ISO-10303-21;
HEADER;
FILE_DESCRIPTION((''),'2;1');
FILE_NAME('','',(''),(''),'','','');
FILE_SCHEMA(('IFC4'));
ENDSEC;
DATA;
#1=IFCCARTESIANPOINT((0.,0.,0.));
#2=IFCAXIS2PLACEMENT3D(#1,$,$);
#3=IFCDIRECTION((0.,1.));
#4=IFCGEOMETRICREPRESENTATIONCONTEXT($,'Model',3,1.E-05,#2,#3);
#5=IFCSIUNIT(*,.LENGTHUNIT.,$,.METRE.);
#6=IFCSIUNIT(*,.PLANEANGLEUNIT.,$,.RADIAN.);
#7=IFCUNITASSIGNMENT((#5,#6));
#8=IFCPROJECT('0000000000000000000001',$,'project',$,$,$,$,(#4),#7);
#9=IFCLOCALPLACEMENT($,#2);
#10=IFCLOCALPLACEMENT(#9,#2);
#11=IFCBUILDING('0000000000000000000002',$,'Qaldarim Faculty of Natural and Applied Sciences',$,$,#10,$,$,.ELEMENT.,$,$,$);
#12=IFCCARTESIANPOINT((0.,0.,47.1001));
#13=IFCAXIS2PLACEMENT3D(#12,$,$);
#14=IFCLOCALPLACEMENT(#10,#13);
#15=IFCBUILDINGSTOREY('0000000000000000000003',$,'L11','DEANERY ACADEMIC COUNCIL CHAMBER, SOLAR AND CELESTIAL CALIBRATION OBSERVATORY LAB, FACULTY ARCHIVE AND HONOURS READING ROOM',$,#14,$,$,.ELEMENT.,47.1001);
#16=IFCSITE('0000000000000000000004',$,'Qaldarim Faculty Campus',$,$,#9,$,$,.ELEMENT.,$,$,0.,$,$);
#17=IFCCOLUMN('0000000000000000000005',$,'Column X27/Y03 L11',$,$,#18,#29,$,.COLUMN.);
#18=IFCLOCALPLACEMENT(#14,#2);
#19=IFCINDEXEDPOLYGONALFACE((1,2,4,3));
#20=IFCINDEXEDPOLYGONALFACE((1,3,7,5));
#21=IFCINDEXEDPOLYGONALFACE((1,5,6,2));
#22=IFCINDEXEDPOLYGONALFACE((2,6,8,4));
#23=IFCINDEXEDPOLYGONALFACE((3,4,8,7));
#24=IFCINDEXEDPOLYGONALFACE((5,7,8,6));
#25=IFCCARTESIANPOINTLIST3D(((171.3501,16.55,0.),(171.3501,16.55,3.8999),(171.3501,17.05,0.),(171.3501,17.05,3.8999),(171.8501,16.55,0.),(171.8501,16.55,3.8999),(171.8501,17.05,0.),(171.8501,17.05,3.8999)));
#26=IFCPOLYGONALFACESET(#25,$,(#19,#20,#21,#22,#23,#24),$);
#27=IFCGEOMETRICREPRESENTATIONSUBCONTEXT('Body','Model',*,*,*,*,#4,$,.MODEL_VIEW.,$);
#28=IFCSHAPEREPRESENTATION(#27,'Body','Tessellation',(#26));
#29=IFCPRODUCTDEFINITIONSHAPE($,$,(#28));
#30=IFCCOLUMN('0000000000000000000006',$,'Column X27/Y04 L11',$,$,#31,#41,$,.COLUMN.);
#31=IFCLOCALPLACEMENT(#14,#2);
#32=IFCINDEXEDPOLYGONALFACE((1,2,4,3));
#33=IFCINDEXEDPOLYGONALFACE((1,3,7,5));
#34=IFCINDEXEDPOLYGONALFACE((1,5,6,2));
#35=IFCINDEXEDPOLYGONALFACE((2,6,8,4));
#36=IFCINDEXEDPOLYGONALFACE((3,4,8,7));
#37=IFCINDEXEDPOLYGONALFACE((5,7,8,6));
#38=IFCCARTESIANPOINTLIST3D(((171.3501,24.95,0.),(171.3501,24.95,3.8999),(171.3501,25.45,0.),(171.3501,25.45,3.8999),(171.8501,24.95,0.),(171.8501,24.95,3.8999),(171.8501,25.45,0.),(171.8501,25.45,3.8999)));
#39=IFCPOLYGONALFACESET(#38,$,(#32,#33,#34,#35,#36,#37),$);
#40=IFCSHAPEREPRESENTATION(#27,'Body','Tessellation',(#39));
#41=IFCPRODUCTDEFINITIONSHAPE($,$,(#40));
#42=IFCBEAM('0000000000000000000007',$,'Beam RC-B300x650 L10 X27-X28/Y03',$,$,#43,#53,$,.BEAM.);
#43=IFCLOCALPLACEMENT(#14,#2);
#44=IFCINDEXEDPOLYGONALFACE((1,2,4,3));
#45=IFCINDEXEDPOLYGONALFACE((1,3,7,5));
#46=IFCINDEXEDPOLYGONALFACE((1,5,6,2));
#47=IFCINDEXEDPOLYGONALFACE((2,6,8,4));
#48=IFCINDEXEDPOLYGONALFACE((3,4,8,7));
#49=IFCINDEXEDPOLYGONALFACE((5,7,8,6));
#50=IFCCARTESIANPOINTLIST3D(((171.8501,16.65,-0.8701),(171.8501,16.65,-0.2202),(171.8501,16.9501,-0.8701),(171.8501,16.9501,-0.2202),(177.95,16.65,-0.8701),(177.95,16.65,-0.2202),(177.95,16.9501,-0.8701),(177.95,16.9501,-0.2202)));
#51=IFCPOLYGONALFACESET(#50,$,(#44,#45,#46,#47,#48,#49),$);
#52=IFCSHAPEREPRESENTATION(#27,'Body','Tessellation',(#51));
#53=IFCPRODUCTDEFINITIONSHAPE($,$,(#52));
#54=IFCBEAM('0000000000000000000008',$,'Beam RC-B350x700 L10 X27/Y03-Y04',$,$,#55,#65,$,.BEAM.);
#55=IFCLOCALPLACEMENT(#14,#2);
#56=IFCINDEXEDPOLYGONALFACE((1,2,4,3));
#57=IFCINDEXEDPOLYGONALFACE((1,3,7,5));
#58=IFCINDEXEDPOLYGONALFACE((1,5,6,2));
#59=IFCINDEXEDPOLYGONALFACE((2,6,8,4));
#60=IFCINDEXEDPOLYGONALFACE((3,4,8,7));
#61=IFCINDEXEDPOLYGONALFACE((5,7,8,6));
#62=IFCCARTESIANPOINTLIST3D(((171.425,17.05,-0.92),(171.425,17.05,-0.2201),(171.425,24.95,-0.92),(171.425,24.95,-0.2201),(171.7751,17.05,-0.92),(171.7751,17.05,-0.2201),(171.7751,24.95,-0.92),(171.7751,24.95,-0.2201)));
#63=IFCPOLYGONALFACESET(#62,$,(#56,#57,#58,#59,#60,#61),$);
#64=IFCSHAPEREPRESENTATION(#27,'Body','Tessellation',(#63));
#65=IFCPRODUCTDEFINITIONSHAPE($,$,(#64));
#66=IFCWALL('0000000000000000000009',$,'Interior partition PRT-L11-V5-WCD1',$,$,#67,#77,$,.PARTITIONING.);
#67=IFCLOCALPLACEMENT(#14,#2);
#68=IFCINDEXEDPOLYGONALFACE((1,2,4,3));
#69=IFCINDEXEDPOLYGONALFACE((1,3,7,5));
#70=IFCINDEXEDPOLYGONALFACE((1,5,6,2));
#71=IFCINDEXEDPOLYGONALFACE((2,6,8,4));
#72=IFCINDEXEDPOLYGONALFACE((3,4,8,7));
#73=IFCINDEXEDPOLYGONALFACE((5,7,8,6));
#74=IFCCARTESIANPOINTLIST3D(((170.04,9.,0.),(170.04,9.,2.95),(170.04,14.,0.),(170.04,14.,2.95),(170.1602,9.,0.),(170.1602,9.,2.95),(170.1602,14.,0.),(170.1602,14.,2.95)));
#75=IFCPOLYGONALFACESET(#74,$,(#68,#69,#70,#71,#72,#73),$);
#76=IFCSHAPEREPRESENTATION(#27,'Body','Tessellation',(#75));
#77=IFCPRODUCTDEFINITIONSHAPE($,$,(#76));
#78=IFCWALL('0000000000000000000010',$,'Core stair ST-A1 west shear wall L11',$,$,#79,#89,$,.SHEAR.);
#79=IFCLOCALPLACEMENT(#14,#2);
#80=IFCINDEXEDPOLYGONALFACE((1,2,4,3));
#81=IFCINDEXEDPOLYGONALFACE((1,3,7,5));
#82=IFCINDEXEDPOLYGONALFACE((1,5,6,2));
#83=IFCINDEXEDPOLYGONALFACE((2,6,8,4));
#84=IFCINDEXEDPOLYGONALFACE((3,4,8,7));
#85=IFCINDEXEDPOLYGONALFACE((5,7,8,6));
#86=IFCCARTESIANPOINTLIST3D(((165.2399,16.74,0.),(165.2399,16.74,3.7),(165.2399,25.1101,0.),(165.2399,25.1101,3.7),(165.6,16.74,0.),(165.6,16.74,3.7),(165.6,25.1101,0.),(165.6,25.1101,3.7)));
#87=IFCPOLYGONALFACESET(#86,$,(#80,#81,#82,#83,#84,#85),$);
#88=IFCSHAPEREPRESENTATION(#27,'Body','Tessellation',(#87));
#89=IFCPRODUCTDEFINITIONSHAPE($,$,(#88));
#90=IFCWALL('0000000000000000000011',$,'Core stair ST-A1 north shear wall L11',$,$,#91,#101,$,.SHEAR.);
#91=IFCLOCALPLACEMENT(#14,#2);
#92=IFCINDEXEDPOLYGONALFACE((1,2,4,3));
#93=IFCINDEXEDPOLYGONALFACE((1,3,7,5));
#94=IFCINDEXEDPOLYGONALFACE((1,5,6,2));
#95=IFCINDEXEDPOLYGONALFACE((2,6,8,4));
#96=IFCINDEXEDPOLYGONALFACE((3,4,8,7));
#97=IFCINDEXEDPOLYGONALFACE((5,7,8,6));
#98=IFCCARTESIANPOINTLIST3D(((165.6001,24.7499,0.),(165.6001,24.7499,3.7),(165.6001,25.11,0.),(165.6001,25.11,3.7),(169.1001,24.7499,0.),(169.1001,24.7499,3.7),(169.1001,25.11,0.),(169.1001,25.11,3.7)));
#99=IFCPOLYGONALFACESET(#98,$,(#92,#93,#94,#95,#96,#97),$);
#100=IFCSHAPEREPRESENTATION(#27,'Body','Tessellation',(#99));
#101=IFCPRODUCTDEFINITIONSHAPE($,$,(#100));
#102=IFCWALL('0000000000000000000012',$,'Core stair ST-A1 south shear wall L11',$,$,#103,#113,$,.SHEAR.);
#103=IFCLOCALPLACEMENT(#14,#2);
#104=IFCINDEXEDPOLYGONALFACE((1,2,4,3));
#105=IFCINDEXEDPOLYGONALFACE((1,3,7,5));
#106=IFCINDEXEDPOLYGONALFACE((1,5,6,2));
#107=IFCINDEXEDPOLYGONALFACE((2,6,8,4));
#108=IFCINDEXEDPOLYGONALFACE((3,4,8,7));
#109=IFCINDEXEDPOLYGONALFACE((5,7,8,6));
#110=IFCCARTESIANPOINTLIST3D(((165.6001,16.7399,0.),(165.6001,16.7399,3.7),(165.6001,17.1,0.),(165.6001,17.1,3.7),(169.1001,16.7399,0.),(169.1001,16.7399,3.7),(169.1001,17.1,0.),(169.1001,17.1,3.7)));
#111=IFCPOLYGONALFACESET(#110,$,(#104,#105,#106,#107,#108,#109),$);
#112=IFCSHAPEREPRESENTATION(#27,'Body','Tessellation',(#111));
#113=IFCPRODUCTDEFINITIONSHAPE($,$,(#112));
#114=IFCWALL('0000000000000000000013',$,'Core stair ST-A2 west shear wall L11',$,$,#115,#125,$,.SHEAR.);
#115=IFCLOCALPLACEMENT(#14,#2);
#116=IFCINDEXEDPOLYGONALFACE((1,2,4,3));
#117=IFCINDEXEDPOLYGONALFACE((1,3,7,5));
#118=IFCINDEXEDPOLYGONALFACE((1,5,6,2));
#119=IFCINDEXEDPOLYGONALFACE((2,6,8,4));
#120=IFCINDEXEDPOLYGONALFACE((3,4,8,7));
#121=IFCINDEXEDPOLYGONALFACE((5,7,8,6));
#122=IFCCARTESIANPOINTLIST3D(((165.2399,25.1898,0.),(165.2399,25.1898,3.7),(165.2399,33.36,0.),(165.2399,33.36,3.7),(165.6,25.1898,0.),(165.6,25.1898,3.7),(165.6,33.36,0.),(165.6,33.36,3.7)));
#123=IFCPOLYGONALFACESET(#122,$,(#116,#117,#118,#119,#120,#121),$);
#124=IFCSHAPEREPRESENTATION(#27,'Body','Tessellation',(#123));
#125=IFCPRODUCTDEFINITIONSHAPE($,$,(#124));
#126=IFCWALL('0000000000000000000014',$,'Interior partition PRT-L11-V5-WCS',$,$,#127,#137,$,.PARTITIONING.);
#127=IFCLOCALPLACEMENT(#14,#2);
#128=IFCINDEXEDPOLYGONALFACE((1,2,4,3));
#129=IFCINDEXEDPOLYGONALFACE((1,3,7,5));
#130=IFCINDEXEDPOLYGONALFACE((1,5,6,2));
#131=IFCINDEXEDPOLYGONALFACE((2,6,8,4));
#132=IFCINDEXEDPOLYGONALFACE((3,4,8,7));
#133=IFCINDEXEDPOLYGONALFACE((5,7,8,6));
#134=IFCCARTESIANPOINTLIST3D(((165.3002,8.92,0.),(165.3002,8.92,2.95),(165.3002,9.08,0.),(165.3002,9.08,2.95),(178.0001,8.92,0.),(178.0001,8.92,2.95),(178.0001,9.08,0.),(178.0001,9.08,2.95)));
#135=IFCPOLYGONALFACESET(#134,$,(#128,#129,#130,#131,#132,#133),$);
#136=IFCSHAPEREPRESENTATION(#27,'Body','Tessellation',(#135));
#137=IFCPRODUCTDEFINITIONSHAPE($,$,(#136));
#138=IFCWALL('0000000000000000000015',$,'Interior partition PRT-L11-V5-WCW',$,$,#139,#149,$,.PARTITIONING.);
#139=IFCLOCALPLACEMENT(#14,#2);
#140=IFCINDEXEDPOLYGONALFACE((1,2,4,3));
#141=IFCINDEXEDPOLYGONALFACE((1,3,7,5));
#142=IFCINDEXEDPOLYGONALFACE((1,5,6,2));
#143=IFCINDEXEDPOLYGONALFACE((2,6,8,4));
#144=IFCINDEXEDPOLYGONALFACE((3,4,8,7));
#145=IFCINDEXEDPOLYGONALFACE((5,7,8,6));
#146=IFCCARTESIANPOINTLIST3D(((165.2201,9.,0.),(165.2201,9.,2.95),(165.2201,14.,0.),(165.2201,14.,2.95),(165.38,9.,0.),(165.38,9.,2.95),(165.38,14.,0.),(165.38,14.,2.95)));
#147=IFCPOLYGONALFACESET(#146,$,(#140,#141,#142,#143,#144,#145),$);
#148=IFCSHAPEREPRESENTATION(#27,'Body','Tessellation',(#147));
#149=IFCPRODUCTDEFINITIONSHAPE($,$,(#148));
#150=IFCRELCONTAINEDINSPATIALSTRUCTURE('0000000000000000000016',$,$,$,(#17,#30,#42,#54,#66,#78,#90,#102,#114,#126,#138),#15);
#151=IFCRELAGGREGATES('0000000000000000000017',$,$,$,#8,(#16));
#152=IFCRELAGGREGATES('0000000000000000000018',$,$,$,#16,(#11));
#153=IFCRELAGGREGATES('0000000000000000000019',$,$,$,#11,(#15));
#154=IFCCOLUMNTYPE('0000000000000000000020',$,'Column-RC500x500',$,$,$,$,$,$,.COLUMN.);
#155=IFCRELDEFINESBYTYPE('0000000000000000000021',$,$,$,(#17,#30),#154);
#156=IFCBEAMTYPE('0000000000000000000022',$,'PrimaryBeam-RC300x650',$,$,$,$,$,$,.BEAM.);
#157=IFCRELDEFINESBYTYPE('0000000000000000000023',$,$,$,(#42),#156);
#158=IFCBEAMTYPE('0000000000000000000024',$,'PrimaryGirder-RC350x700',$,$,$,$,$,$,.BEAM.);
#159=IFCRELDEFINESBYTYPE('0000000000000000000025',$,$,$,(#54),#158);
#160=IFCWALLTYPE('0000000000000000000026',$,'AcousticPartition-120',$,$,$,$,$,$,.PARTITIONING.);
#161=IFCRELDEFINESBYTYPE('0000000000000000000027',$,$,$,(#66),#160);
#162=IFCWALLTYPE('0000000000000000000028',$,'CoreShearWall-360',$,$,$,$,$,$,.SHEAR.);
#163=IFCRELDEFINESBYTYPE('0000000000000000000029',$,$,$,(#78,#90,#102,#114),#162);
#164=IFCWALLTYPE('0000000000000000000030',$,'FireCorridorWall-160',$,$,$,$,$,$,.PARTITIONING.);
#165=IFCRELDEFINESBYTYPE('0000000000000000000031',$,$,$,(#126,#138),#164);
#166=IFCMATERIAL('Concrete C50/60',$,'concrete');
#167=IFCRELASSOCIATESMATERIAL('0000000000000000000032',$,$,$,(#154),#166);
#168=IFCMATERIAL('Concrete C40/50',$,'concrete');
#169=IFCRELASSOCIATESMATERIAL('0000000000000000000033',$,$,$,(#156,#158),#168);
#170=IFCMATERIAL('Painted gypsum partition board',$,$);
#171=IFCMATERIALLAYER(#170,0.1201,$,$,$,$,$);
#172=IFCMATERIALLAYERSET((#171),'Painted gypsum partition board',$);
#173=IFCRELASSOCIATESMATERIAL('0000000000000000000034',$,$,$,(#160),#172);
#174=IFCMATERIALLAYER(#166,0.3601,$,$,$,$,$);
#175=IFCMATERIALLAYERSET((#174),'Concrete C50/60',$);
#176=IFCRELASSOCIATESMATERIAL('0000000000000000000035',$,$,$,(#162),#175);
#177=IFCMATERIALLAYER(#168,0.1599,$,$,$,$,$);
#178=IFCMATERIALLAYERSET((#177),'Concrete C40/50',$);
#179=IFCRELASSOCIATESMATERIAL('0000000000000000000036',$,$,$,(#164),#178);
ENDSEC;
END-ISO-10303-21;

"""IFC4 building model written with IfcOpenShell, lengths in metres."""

from ifc_helpers import new_model, si_unit, direction, frame, frame_2d, origin, origin_2d, place, context, subcontext, project, spatial, rectangle, extrude, material, layer, layer_set, material_profile, profile_set, type_object, element, save


model = new_model("IFC4")

# Units and contexts
model_context = context("Model", 3, precision=1e-05, world=origin(), true_north=direction((0.0, 1.0)))
body_context = subcontext(model_context, "Body", "Model", "MODEL_VIEW")
ifc_project = project(units=[si_unit("LENGTHUNIT", "METRE"), si_unit("PLANEANGLEUNIT", "RADIAN")], contexts=[model_context])

# Site, building, storey
site_placement = place(None, origin())
site = spatial("IfcSite", under=ifc_project, at=site_placement, Name="Qaldarim Faculty Campus", CompositionType="ELEMENT", RefElevation=0.0)
building_placement = place(site_placement, origin())
building = spatial("IfcBuilding", under=site, at=building_placement, Name="Qaldarim Faculty of Natural and Applied Sciences", CompositionType="ELEMENT")
storey_placement = place(building_placement, frame((0.0, 0.0, 47.1001)))
storey = spatial("IfcBuildingStorey", under=building, at=storey_placement, Name="L11", Description="DEANERY ACADEMIC COUNCIL CHAMBER, SOLAR AND CELESTIAL CALIBRATION OBSERVATORY LAB, FACULTY ARCHIVE AND HONOURS READING ROOM", CompositionType="ELEMENT", Elevation=47.1001)

# Columns
ifc_material_1 = material(Name="Concrete C50/60", Category="concrete")
ifc_material_profile_1 = material_profile(ifc_material_1, rectangle(XDim=0.5, YDim=0.5, at=origin_2d()), Name="RC-C500x500")
ifc_profile_set_1 = profile_set([ifc_material_profile_1], Name="Concrete C50/60")
column_type = type_object("IfcColumnType", Name="Column-RC500x500", PredefinedType="COLUMN", material=ifc_profile_set_1)
for number, where, z_axis, x_axis, name in (
    (1, (171.6001, 16.8, 0.0), (0.0, 0.0, 1.0), (1.0, 0.0, 0.0), "Column X27/Y03 L11"),
    (2, (171.6001, 25.2, 0.0), (0.0, 0.0, 1.0), (1.0, 0.0, 0.0), "Column X27/Y04 L11"),
):
    element("IfcColumn", number, at=place(storey_placement, frame(where, z_axis=z_axis, x_axis=x_axis)), inside=storey, type_object=column_type, Name=name, PredefinedType="COLUMN", context=body_context, shape_type="SweptSolid", body=[
        extrude(rectangle(XDim=0.5, YDim=0.5, at=origin_2d()), origin(), (0.0, 0.0, 1.0), 3.8999),
    ])

# Beams
ifc_material_2 = material(Name="Concrete C40/50", Category="concrete")
ifc_material_profile_2 = material_profile(ifc_material_2, rectangle(XDim=0.3, YDim=0.6499, at=origin_2d()), Name="RC-B300x650")
ifc_profile_set_2 = profile_set([ifc_material_profile_2], Name="Concrete C40/50")
beam_type_1 = type_object("IfcBeamType", Name="PrimaryBeam-RC300x650", PredefinedType="BEAM", material=ifc_profile_set_2)
beam_1_placement = place(storey_placement, frame((171.8501, 16.8, -0.5452), z_axis=(1.0, 0.0, 0.0), x_axis=(0.0, 1.0, 0.0)))
element("IfcBeam", 3, at=beam_1_placement, inside=storey, type_object=beam_type_1, Name="Beam RC-B300x650 L10 X27-X28/Y03", PredefinedType="BEAM", context=body_context, shape_type="SweptSolid", body=[
    extrude(rectangle(XDim=0.3, YDim=0.6499, at=origin_2d()), origin(), (0.0, 0.0, 1.0), 6.0999),
])
ifc_material_profile_3 = material_profile(ifc_material_2, rectangle(XDim=0.3501, YDim=0.7, at=origin_2d()), Name="RC-B350x700")
ifc_profile_set_3 = profile_set([ifc_material_profile_3], Name="Concrete C40/50")
beam_type_2 = type_object("IfcBeamType", Name="PrimaryGirder-RC350x700", PredefinedType="BEAM", material=ifc_profile_set_3)
beam_2_placement = place(storey_placement, frame((171.6001, 17.05, -0.5701), z_axis=(0.0, 1.0, 0.0), x_axis=(-1.0, 0.0, 0.0)))
element("IfcBeam", 4, at=beam_2_placement, inside=storey, type_object=beam_type_2, Name="Beam RC-B350x700 L10 X27/Y03-Y04", PredefinedType="BEAM", context=body_context, shape_type="SweptSolid", body=[
    extrude(rectangle(XDim=0.3501, YDim=0.7, at=origin_2d()), origin(), (0.0, 0.0, 1.0), 7.8999),
])

# Walls
ifc_material_3 = material(Name="Painted gypsum partition board")
ifc_layer_1 = layer(ifc_material_3, 0.1201)
ifc_layer_set_1 = layer_set([ifc_layer_1], Name="Painted gypsum partition board")
wall_type_1 = type_object("IfcWallType", Name="AcousticPartition-120", PredefinedType="PARTITIONING", material=ifc_layer_set_1)
wall_1_placement = place(storey_placement, frame((170.1001, 9.0, 0.0), z_axis=(0.0, 0.0, 1.0), x_axis=(0.0, 1.0, 0.0)))
element("IfcWall", 5, at=wall_1_placement, inside=storey, type_object=wall_type_1, Name="Interior partition PRT-L11-V5-WCD1", PredefinedType="PARTITIONING", context=body_context, shape_type="SweptSolid", body=[
    extrude(rectangle(XDim=5.0, YDim=0.1201, at=frame_2d((2.5, 0.0))), origin(), (0.0, 0.0, 1.0), 2.95),
])
ifc_layer_2 = layer(ifc_material_1, 0.3601)
ifc_layer_set_2 = layer_set([ifc_layer_2], Name="Concrete C50/60")
wall_type_2 = type_object("IfcWallType", Name="CoreShearWall-360", PredefinedType="SHEAR", material=ifc_layer_set_2)
wall_2_placement = place(storey_placement, frame((165.4199, 16.74, 0.0), z_axis=(0.0, 0.0, 1.0), x_axis=(0.0, 1.0, 0.0)))
element("IfcWall", 6, at=wall_2_placement, inside=storey, type_object=wall_type_2, Name="Core stair ST-A1 west shear wall L11", PredefinedType="SHEAR", context=body_context, shape_type="SweptSolid", body=[
    extrude(rectangle(XDim=8.3701, YDim=0.3601, at=frame_2d((4.1851, 0.0))), origin(), (0.0, 0.0, 1.0), 3.7),
])

# Walls
for number, where, z_axis, x_axis, name in (
    (7, (165.6001, 24.9299, 0.0), (0.0, 0.0, 1.0), (1.0, 0.0, 0.0), "Core stair ST-A1 north shear wall L11"),
    (8, (165.6001, 16.9199, 0.0), (0.0, 0.0, 1.0), (1.0, 0.0, 0.0), "Core stair ST-A1 south shear wall L11"),
):
    element("IfcWall", number, at=place(storey_placement, frame(where, z_axis=z_axis, x_axis=x_axis)), inside=storey, type_object=wall_type_2, Name=name, PredefinedType="SHEAR", context=body_context, shape_type="SweptSolid", body=[
        extrude(rectangle(XDim=3.5, YDim=0.3601, at=frame_2d((1.75, 0.0))), origin(), (0.0, 0.0, 1.0), 3.7),
    ])
wall_3_placement = place(storey_placement, frame((165.4199, 25.1899, 0.0), z_axis=(0.0, 0.0, 1.0), x_axis=(0.0, 1.0, 0.0)))
element("IfcWall", 9, at=wall_3_placement, inside=storey, type_object=wall_type_2, Name="Core stair ST-A2 west shear wall L11", PredefinedType="SHEAR", context=body_context, shape_type="SweptSolid", body=[
    extrude(rectangle(XDim=8.1702, YDim=0.3601, at=frame_2d((4.085, 0.0))), origin(), (0.0, 0.0, 1.0), 3.7),
])

# Walls
ifc_layer_3 = layer(ifc_material_2, 0.1599)
ifc_layer_set_3 = layer_set([ifc_layer_3], Name="Concrete C40/50")
wall_type_3 = type_object("IfcWallType", Name="FireCorridorWall-160", PredefinedType="PARTITIONING", material=ifc_layer_set_3)
wall_4_placement = place(storey_placement, frame((165.3, 9.0, 0.0), z_axis=(0.0, 0.0, 1.0), x_axis=(1.0, 0.0, 0.0)))
element("IfcWall", 10, at=wall_4_placement, inside=storey, type_object=wall_type_3, Name="Interior partition PRT-L11-V5-WCS", PredefinedType="PARTITIONING", context=body_context, shape_type="SweptSolid", body=[
    extrude(rectangle(XDim=12.7, YDim=0.1599, at=frame_2d((6.3501, 0.0))), origin(), (0.0, 0.0, 1.0), 2.95),
])
wall_5_placement = place(storey_placement, frame((165.3, 9.0, 0.0), z_axis=(0.0, 0.0, 1.0), x_axis=(0.0, 1.0, 0.0)))
element("IfcWall", 11, at=wall_5_placement, inside=storey, type_object=wall_type_3, Name="Interior partition PRT-L11-V5-WCW", PredefinedType="PARTITIONING", context=body_context, shape_type="SweptSolid", body=[
    extrude(rectangle(XDim=5.0, YDim=0.1599, at=frame_2d((2.5, 0.0))), origin(), (0.0, 0.0, 1.0), 2.95),
])

save(model, "model.ifc")
